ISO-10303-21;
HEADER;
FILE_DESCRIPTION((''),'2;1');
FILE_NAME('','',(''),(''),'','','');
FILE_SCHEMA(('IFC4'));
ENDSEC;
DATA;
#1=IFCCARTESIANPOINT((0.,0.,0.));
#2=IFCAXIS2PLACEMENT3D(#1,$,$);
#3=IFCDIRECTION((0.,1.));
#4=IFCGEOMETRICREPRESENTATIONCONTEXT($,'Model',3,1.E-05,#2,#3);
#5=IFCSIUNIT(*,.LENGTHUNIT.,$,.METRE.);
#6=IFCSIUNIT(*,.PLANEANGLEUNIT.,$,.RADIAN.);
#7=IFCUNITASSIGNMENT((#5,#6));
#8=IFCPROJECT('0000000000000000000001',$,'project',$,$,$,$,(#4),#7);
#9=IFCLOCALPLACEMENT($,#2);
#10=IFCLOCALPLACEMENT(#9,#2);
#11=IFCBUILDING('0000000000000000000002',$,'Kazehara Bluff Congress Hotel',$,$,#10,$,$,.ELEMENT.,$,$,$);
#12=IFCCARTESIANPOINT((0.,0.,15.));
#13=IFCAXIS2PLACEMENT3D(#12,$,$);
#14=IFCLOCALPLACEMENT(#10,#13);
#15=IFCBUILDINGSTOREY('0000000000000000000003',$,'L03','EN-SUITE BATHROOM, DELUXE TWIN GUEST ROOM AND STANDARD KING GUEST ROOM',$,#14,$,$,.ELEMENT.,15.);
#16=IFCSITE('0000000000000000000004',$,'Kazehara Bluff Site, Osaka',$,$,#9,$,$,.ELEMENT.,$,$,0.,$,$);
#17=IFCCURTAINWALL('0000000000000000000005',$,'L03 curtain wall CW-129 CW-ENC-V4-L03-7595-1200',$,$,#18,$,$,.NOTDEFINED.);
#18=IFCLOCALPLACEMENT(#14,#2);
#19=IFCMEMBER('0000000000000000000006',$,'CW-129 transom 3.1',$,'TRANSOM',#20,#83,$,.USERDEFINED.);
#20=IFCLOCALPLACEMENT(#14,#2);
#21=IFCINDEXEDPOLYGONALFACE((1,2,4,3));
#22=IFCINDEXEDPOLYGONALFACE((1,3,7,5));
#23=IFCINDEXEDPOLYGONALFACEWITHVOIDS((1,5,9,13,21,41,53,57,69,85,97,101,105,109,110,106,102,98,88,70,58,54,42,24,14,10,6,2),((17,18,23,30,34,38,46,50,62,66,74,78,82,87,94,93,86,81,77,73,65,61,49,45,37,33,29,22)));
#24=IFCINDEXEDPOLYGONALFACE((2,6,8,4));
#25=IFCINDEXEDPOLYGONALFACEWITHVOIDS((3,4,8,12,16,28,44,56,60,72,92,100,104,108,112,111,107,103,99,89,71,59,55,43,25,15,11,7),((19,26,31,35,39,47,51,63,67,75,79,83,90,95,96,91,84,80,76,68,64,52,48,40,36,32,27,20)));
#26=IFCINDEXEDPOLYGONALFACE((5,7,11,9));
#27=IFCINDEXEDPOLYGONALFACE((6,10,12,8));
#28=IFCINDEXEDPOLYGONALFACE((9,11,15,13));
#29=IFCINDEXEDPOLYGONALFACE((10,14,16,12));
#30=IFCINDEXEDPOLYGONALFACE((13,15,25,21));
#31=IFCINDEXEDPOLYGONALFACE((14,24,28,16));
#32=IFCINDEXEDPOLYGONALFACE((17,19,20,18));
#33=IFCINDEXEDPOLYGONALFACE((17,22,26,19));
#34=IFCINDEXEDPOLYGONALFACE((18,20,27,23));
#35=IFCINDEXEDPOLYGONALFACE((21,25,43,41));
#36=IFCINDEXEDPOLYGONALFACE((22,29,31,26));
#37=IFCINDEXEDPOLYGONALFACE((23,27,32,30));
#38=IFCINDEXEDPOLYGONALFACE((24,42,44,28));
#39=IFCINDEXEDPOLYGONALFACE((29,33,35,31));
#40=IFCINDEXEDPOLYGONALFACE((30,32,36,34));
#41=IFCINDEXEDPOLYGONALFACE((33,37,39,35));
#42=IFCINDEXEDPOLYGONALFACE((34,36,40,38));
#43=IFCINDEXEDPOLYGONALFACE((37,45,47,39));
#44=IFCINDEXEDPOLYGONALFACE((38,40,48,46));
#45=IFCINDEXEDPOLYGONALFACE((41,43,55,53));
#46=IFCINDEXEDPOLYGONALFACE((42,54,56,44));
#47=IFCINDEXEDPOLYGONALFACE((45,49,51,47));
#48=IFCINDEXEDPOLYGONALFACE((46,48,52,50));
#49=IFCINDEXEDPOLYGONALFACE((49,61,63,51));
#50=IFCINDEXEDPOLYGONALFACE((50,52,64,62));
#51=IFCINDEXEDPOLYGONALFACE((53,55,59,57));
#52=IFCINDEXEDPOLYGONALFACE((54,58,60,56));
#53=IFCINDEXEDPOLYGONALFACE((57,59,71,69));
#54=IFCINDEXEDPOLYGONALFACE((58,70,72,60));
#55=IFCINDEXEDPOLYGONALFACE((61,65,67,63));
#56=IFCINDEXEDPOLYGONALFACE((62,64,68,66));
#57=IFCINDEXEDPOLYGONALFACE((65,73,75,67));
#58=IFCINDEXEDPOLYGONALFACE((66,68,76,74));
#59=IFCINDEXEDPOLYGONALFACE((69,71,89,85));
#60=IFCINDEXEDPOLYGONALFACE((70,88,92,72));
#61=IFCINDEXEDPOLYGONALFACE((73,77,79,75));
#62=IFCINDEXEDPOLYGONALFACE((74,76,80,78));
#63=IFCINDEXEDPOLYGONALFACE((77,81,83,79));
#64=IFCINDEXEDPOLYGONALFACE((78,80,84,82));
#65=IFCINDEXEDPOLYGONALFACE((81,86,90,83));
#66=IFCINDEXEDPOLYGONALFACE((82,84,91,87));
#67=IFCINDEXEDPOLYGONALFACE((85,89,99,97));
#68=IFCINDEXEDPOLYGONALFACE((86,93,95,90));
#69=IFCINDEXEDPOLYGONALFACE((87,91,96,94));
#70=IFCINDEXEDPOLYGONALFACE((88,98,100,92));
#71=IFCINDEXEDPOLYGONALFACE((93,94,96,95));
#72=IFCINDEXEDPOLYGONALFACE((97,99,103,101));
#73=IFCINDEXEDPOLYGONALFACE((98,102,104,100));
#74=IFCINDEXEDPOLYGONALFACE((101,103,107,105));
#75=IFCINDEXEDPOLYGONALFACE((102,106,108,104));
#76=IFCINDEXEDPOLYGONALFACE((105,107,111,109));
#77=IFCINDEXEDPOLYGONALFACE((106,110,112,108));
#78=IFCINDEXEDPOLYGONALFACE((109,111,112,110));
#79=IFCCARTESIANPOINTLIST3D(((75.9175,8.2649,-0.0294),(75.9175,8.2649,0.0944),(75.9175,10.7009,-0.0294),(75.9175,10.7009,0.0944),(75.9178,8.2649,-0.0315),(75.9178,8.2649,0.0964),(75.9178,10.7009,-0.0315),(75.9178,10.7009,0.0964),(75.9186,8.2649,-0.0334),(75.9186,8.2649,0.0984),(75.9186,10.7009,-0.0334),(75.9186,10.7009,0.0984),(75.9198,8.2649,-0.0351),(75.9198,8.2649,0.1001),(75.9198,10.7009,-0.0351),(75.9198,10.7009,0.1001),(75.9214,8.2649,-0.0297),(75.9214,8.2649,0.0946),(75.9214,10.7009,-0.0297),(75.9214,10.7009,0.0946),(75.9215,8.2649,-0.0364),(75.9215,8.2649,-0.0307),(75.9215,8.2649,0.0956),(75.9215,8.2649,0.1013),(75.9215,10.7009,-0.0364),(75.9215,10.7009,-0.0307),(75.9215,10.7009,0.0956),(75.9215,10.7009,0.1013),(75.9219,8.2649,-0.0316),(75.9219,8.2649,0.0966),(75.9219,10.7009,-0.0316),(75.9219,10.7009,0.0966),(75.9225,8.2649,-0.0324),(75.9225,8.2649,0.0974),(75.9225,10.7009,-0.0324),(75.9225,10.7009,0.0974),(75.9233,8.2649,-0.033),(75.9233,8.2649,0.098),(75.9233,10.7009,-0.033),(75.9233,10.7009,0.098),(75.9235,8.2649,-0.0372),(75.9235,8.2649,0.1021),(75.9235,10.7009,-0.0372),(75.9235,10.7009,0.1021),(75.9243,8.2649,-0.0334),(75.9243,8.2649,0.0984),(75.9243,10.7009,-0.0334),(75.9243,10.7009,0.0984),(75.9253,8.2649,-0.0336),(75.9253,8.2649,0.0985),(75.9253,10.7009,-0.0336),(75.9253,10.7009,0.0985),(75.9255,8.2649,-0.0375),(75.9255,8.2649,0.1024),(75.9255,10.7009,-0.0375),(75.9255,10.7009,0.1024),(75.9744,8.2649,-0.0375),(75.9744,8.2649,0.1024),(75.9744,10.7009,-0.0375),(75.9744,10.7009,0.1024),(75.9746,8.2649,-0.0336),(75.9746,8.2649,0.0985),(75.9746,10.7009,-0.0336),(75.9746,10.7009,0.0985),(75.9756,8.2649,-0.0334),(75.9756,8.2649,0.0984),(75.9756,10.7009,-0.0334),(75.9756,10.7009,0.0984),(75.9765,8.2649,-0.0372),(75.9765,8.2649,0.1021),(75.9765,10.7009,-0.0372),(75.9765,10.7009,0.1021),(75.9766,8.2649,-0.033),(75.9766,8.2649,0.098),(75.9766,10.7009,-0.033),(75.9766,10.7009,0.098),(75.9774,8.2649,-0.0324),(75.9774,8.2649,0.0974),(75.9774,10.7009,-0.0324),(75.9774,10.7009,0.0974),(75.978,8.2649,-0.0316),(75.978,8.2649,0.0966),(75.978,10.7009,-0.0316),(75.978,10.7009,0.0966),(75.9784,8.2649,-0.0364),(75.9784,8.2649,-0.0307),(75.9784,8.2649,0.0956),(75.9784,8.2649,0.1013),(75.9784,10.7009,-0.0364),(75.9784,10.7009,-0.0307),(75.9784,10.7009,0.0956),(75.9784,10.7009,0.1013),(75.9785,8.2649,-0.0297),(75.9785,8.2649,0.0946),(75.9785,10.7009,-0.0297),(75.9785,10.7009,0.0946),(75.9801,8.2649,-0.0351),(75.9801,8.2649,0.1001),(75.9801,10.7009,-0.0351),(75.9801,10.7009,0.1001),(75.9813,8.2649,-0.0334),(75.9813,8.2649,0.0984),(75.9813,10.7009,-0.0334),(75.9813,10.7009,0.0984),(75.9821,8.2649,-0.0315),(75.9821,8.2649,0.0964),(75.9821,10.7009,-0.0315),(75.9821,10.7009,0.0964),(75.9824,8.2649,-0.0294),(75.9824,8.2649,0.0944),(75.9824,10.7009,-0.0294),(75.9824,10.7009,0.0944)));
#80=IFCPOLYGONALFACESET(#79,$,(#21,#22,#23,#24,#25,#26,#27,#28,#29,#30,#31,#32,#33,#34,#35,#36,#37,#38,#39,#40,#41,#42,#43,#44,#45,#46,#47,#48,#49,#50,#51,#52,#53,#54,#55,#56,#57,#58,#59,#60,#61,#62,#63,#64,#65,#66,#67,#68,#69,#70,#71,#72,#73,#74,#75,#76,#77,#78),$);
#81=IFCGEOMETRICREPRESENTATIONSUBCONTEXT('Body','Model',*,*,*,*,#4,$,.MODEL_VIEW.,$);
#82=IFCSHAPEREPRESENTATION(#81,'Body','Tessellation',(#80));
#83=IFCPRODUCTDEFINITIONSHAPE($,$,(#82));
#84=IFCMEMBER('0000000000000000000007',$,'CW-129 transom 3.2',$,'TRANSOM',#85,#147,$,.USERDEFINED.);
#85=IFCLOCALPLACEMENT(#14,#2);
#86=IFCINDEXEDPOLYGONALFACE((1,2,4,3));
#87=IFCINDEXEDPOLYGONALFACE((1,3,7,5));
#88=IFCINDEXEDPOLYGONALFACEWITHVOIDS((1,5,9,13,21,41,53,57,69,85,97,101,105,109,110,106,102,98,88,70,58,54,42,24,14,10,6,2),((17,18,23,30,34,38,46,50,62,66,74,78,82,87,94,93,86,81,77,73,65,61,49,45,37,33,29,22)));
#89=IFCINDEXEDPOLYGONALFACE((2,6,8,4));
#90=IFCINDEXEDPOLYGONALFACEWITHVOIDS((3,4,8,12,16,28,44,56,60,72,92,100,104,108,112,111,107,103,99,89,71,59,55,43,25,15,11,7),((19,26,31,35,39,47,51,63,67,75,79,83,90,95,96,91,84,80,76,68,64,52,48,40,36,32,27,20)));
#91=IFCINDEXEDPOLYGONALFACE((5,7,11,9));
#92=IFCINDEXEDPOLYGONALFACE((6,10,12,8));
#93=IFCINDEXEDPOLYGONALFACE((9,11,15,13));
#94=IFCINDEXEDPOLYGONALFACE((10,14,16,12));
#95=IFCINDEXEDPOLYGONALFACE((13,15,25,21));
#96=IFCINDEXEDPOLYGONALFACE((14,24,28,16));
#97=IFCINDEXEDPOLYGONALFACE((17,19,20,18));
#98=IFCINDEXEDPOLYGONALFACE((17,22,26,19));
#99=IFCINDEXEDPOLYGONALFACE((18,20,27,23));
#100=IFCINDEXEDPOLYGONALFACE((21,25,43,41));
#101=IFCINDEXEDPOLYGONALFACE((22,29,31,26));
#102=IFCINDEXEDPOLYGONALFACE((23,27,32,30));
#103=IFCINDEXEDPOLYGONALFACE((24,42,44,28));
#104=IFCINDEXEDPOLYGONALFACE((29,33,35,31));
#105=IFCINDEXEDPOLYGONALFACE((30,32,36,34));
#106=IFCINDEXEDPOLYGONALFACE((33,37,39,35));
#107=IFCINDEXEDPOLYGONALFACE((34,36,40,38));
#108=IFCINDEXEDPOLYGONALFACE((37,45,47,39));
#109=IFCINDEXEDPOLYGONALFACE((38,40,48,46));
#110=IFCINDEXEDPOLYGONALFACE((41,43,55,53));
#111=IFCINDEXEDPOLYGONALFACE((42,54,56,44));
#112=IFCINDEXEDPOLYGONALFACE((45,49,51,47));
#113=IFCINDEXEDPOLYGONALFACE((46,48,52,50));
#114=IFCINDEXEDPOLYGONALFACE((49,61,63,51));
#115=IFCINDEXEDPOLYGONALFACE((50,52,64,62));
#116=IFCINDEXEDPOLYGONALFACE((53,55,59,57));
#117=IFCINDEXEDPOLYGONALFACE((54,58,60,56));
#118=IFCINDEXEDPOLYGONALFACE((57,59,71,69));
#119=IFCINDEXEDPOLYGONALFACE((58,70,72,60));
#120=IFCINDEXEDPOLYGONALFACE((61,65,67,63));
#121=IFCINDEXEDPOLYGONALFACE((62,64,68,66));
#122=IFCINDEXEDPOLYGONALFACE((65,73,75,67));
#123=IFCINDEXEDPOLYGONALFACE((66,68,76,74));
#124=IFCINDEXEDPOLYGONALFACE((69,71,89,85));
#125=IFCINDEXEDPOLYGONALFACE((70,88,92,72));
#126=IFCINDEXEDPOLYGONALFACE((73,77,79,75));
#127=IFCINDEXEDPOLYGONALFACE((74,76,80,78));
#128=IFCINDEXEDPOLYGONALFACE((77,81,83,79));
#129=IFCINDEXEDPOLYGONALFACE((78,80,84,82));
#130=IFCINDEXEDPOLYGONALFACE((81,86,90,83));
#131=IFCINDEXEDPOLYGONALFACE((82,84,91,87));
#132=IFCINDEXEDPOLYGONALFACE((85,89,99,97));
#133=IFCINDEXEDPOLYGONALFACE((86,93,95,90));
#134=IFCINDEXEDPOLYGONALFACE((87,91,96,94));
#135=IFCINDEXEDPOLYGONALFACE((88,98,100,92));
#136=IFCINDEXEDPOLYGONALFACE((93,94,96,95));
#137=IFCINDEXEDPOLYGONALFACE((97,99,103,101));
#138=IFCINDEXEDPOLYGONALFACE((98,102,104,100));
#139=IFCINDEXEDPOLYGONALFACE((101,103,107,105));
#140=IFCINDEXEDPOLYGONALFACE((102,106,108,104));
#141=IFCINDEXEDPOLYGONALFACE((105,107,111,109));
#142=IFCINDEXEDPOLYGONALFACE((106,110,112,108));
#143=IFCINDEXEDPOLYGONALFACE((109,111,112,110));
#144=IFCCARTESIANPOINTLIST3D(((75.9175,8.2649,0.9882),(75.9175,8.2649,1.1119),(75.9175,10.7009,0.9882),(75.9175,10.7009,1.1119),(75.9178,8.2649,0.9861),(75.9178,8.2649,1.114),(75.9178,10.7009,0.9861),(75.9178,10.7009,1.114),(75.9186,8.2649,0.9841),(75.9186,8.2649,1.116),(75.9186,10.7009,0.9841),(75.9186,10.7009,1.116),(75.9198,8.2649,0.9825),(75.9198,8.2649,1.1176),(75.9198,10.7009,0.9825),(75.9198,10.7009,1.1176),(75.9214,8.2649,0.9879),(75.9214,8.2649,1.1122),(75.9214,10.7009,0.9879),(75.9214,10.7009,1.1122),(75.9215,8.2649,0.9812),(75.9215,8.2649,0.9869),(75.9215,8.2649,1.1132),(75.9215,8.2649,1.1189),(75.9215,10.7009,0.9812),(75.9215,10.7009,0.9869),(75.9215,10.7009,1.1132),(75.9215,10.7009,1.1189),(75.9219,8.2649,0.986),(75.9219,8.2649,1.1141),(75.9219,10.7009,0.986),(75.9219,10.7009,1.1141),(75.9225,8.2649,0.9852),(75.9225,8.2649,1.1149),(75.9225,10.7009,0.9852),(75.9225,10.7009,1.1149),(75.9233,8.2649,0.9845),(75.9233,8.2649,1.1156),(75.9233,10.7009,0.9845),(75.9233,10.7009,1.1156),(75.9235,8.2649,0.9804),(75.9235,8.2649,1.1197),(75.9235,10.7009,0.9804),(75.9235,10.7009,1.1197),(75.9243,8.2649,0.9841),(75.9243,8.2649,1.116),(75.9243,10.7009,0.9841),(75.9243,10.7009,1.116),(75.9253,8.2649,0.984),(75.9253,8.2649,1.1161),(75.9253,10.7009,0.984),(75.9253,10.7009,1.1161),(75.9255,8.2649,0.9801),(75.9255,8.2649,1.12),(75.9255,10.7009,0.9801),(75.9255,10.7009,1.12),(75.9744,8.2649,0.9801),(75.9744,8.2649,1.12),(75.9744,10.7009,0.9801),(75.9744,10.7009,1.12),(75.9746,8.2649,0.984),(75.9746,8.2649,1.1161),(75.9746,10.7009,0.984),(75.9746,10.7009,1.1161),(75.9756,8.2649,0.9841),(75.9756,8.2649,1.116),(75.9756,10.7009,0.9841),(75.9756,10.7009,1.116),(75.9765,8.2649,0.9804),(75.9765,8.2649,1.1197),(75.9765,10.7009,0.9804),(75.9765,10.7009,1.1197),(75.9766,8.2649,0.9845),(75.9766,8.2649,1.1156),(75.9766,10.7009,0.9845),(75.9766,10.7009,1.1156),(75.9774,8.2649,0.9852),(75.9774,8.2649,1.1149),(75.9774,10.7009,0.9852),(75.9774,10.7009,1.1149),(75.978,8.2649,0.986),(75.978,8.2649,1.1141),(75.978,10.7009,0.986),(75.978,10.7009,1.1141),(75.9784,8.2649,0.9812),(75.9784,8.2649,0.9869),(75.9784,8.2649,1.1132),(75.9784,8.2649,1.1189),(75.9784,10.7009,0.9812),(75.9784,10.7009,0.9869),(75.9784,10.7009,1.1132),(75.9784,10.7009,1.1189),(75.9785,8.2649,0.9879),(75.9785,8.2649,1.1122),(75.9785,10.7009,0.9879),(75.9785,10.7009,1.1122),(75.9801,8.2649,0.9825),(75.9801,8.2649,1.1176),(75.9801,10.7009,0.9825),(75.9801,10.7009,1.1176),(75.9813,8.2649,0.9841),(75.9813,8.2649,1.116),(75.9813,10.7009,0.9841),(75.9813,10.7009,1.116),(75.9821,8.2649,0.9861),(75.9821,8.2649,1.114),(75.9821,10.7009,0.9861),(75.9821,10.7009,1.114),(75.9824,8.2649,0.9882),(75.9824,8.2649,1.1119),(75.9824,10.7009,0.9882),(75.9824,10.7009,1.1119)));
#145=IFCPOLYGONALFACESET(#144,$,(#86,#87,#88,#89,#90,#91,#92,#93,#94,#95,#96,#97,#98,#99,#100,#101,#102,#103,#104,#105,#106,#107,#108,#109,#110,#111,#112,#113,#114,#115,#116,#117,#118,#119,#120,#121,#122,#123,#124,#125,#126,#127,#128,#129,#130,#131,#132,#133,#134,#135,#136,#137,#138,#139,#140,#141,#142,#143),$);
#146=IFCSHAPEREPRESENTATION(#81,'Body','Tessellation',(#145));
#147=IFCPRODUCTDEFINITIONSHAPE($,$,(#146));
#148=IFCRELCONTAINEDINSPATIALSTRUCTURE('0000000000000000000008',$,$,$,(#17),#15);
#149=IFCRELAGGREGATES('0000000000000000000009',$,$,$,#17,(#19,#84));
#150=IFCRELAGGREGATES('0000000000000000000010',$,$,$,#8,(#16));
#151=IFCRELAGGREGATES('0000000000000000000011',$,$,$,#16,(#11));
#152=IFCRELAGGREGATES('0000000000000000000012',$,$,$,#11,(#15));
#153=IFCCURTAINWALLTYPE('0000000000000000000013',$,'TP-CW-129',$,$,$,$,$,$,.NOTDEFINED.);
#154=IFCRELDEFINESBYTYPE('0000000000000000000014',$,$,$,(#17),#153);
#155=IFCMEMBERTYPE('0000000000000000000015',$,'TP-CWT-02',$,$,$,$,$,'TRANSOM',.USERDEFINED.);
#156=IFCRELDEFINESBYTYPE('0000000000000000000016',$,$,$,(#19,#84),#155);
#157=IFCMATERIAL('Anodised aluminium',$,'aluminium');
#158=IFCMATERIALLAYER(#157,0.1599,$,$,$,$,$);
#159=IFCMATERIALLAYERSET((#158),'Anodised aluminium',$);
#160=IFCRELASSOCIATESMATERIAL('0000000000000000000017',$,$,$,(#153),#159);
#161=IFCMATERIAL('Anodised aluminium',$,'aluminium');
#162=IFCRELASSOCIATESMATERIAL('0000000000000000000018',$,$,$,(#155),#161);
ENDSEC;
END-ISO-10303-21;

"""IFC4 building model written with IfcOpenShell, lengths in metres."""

from ifc_helpers import new_model, si_unit, direction, frame, origin, origin_2d, place, context, subcontext, project, spatial, hollow_rectangle, extrude, material, layer, layer_set, material_profile, profile_set, type_object, element, aggregate, save


model = new_model("IFC4")

# Units and contexts
model_context = context("Model", 3, precision=1e-05, world=origin(), true_north=direction((0.0, 1.0)))
body_context = subcontext(model_context, "Body", "Model", "MODEL_VIEW")
ifc_project = project(units=[si_unit("LENGTHUNIT", "METRE"), si_unit("PLANEANGLEUNIT", "RADIAN")], contexts=[model_context])

# Site, building, storey
site_placement = place(None, origin())
site = spatial("IfcSite", under=ifc_project, at=site_placement, Name="Kazehara Bluff Site, Osaka", CompositionType="ELEMENT", RefElevation=0.0)
building_placement = place(site_placement, origin())
building = spatial("IfcBuilding", under=site, at=building_placement, Name="Kazehara Bluff Congress Hotel", CompositionType="ELEMENT")
storey_placement = place(building_placement, frame((0.0, 0.0, 15.0)))
storey = spatial("IfcBuildingStorey", under=building, at=storey_placement, Name="L03", Description="EN-SUITE BATHROOM, DELUXE TWIN GUEST ROOM AND STANDARD KING GUEST ROOM", CompositionType="ELEMENT", Elevation=15.0)

# Curtain wall, members
ifc_material_1 = material(Name="Anodised aluminium", Category="aluminium")
ifc_layer_1 = layer(ifc_material_1, 0.1599)
ifc_layer_set_1 = layer_set([ifc_layer_1], Name="Anodised aluminium")
curtain_wall_type = type_object("IfcCurtainWallType", Name="TP-CW-129", PredefinedType="NOTDEFINED", material=ifc_layer_set_1)
curtain_wall_placement = place(storey_placement, origin())
curtain_wall = element("IfcCurtainWall", 1, at=curtain_wall_placement, inside=storey, type_object=curtain_wall_type, Name="L03 curtain wall CW-129 CW-ENC-V4-L03-7595-1200", PredefinedType="NOTDEFINED")
ifc_material_2 = material(Name="Anodised aluminium", Category="aluminium")
ifc_material_profile_1 = material_profile(ifc_material_2, hollow_rectangle(XDim=0.0649, YDim=0.1399, WallThickness=0.0039, InnerFilletRadius=0.0039, OuterFilletRadius=0.0081, at=origin_2d()))
ifc_profile_set_1 = profile_set([ifc_material_profile_1], Name="Anodised aluminium")
member_type_1 = type_object("IfcMemberType", Name="TP-CWT-02", ElementType="TRANSOM", PredefinedType="USERDEFINED", material=ifc_profile_set_1)
member_1_placement = place(storey_placement, frame((75.95, 10.7009, 0.0325), z_axis=(0.0, -1.0, 0.0), x_axis=(1.0, 0.0, 0.0)))
member_1 = element("IfcMember", 2, at=member_1_placement, type_object=member_type_1, Name="CW-129 transom 3.1", ObjectType="TRANSOM", PredefinedType="USERDEFINED", context=body_context, shape_type="SweptSolid", body=[
    extrude(hollow_rectangle(XDim=0.0649, YDim=0.1399, WallThickness=0.0039, InnerFilletRadius=0.0039, OuterFilletRadius=0.0081, at=origin_2d()), origin(), (0.0, 0.0, 1.0), 2.436),
])
member_2_placement = place(storey_placement, frame((75.95, 10.7009, 1.05), z_axis=(0.0, -1.0, 0.0), x_axis=(1.0, 0.0, 0.0)))
member_2 = element("IfcMember", 3, at=member_2_placement, type_object=member_type_1, Name="CW-129 transom 3.2", ObjectType="TRANSOM", PredefinedType="USERDEFINED", context=body_context, shape_type="SweptSolid", body=[
    extrude(hollow_rectangle(XDim=0.0649, YDim=0.1399, WallThickness=0.0039, InnerFilletRadius=0.0039, OuterFilletRadius=0.0081, at=origin_2d()), origin(), (0.0, 0.0, 1.0), 2.436),
])

aggregate(curtain_wall, [member_1, member_2])

save(model, "model.ifc")
